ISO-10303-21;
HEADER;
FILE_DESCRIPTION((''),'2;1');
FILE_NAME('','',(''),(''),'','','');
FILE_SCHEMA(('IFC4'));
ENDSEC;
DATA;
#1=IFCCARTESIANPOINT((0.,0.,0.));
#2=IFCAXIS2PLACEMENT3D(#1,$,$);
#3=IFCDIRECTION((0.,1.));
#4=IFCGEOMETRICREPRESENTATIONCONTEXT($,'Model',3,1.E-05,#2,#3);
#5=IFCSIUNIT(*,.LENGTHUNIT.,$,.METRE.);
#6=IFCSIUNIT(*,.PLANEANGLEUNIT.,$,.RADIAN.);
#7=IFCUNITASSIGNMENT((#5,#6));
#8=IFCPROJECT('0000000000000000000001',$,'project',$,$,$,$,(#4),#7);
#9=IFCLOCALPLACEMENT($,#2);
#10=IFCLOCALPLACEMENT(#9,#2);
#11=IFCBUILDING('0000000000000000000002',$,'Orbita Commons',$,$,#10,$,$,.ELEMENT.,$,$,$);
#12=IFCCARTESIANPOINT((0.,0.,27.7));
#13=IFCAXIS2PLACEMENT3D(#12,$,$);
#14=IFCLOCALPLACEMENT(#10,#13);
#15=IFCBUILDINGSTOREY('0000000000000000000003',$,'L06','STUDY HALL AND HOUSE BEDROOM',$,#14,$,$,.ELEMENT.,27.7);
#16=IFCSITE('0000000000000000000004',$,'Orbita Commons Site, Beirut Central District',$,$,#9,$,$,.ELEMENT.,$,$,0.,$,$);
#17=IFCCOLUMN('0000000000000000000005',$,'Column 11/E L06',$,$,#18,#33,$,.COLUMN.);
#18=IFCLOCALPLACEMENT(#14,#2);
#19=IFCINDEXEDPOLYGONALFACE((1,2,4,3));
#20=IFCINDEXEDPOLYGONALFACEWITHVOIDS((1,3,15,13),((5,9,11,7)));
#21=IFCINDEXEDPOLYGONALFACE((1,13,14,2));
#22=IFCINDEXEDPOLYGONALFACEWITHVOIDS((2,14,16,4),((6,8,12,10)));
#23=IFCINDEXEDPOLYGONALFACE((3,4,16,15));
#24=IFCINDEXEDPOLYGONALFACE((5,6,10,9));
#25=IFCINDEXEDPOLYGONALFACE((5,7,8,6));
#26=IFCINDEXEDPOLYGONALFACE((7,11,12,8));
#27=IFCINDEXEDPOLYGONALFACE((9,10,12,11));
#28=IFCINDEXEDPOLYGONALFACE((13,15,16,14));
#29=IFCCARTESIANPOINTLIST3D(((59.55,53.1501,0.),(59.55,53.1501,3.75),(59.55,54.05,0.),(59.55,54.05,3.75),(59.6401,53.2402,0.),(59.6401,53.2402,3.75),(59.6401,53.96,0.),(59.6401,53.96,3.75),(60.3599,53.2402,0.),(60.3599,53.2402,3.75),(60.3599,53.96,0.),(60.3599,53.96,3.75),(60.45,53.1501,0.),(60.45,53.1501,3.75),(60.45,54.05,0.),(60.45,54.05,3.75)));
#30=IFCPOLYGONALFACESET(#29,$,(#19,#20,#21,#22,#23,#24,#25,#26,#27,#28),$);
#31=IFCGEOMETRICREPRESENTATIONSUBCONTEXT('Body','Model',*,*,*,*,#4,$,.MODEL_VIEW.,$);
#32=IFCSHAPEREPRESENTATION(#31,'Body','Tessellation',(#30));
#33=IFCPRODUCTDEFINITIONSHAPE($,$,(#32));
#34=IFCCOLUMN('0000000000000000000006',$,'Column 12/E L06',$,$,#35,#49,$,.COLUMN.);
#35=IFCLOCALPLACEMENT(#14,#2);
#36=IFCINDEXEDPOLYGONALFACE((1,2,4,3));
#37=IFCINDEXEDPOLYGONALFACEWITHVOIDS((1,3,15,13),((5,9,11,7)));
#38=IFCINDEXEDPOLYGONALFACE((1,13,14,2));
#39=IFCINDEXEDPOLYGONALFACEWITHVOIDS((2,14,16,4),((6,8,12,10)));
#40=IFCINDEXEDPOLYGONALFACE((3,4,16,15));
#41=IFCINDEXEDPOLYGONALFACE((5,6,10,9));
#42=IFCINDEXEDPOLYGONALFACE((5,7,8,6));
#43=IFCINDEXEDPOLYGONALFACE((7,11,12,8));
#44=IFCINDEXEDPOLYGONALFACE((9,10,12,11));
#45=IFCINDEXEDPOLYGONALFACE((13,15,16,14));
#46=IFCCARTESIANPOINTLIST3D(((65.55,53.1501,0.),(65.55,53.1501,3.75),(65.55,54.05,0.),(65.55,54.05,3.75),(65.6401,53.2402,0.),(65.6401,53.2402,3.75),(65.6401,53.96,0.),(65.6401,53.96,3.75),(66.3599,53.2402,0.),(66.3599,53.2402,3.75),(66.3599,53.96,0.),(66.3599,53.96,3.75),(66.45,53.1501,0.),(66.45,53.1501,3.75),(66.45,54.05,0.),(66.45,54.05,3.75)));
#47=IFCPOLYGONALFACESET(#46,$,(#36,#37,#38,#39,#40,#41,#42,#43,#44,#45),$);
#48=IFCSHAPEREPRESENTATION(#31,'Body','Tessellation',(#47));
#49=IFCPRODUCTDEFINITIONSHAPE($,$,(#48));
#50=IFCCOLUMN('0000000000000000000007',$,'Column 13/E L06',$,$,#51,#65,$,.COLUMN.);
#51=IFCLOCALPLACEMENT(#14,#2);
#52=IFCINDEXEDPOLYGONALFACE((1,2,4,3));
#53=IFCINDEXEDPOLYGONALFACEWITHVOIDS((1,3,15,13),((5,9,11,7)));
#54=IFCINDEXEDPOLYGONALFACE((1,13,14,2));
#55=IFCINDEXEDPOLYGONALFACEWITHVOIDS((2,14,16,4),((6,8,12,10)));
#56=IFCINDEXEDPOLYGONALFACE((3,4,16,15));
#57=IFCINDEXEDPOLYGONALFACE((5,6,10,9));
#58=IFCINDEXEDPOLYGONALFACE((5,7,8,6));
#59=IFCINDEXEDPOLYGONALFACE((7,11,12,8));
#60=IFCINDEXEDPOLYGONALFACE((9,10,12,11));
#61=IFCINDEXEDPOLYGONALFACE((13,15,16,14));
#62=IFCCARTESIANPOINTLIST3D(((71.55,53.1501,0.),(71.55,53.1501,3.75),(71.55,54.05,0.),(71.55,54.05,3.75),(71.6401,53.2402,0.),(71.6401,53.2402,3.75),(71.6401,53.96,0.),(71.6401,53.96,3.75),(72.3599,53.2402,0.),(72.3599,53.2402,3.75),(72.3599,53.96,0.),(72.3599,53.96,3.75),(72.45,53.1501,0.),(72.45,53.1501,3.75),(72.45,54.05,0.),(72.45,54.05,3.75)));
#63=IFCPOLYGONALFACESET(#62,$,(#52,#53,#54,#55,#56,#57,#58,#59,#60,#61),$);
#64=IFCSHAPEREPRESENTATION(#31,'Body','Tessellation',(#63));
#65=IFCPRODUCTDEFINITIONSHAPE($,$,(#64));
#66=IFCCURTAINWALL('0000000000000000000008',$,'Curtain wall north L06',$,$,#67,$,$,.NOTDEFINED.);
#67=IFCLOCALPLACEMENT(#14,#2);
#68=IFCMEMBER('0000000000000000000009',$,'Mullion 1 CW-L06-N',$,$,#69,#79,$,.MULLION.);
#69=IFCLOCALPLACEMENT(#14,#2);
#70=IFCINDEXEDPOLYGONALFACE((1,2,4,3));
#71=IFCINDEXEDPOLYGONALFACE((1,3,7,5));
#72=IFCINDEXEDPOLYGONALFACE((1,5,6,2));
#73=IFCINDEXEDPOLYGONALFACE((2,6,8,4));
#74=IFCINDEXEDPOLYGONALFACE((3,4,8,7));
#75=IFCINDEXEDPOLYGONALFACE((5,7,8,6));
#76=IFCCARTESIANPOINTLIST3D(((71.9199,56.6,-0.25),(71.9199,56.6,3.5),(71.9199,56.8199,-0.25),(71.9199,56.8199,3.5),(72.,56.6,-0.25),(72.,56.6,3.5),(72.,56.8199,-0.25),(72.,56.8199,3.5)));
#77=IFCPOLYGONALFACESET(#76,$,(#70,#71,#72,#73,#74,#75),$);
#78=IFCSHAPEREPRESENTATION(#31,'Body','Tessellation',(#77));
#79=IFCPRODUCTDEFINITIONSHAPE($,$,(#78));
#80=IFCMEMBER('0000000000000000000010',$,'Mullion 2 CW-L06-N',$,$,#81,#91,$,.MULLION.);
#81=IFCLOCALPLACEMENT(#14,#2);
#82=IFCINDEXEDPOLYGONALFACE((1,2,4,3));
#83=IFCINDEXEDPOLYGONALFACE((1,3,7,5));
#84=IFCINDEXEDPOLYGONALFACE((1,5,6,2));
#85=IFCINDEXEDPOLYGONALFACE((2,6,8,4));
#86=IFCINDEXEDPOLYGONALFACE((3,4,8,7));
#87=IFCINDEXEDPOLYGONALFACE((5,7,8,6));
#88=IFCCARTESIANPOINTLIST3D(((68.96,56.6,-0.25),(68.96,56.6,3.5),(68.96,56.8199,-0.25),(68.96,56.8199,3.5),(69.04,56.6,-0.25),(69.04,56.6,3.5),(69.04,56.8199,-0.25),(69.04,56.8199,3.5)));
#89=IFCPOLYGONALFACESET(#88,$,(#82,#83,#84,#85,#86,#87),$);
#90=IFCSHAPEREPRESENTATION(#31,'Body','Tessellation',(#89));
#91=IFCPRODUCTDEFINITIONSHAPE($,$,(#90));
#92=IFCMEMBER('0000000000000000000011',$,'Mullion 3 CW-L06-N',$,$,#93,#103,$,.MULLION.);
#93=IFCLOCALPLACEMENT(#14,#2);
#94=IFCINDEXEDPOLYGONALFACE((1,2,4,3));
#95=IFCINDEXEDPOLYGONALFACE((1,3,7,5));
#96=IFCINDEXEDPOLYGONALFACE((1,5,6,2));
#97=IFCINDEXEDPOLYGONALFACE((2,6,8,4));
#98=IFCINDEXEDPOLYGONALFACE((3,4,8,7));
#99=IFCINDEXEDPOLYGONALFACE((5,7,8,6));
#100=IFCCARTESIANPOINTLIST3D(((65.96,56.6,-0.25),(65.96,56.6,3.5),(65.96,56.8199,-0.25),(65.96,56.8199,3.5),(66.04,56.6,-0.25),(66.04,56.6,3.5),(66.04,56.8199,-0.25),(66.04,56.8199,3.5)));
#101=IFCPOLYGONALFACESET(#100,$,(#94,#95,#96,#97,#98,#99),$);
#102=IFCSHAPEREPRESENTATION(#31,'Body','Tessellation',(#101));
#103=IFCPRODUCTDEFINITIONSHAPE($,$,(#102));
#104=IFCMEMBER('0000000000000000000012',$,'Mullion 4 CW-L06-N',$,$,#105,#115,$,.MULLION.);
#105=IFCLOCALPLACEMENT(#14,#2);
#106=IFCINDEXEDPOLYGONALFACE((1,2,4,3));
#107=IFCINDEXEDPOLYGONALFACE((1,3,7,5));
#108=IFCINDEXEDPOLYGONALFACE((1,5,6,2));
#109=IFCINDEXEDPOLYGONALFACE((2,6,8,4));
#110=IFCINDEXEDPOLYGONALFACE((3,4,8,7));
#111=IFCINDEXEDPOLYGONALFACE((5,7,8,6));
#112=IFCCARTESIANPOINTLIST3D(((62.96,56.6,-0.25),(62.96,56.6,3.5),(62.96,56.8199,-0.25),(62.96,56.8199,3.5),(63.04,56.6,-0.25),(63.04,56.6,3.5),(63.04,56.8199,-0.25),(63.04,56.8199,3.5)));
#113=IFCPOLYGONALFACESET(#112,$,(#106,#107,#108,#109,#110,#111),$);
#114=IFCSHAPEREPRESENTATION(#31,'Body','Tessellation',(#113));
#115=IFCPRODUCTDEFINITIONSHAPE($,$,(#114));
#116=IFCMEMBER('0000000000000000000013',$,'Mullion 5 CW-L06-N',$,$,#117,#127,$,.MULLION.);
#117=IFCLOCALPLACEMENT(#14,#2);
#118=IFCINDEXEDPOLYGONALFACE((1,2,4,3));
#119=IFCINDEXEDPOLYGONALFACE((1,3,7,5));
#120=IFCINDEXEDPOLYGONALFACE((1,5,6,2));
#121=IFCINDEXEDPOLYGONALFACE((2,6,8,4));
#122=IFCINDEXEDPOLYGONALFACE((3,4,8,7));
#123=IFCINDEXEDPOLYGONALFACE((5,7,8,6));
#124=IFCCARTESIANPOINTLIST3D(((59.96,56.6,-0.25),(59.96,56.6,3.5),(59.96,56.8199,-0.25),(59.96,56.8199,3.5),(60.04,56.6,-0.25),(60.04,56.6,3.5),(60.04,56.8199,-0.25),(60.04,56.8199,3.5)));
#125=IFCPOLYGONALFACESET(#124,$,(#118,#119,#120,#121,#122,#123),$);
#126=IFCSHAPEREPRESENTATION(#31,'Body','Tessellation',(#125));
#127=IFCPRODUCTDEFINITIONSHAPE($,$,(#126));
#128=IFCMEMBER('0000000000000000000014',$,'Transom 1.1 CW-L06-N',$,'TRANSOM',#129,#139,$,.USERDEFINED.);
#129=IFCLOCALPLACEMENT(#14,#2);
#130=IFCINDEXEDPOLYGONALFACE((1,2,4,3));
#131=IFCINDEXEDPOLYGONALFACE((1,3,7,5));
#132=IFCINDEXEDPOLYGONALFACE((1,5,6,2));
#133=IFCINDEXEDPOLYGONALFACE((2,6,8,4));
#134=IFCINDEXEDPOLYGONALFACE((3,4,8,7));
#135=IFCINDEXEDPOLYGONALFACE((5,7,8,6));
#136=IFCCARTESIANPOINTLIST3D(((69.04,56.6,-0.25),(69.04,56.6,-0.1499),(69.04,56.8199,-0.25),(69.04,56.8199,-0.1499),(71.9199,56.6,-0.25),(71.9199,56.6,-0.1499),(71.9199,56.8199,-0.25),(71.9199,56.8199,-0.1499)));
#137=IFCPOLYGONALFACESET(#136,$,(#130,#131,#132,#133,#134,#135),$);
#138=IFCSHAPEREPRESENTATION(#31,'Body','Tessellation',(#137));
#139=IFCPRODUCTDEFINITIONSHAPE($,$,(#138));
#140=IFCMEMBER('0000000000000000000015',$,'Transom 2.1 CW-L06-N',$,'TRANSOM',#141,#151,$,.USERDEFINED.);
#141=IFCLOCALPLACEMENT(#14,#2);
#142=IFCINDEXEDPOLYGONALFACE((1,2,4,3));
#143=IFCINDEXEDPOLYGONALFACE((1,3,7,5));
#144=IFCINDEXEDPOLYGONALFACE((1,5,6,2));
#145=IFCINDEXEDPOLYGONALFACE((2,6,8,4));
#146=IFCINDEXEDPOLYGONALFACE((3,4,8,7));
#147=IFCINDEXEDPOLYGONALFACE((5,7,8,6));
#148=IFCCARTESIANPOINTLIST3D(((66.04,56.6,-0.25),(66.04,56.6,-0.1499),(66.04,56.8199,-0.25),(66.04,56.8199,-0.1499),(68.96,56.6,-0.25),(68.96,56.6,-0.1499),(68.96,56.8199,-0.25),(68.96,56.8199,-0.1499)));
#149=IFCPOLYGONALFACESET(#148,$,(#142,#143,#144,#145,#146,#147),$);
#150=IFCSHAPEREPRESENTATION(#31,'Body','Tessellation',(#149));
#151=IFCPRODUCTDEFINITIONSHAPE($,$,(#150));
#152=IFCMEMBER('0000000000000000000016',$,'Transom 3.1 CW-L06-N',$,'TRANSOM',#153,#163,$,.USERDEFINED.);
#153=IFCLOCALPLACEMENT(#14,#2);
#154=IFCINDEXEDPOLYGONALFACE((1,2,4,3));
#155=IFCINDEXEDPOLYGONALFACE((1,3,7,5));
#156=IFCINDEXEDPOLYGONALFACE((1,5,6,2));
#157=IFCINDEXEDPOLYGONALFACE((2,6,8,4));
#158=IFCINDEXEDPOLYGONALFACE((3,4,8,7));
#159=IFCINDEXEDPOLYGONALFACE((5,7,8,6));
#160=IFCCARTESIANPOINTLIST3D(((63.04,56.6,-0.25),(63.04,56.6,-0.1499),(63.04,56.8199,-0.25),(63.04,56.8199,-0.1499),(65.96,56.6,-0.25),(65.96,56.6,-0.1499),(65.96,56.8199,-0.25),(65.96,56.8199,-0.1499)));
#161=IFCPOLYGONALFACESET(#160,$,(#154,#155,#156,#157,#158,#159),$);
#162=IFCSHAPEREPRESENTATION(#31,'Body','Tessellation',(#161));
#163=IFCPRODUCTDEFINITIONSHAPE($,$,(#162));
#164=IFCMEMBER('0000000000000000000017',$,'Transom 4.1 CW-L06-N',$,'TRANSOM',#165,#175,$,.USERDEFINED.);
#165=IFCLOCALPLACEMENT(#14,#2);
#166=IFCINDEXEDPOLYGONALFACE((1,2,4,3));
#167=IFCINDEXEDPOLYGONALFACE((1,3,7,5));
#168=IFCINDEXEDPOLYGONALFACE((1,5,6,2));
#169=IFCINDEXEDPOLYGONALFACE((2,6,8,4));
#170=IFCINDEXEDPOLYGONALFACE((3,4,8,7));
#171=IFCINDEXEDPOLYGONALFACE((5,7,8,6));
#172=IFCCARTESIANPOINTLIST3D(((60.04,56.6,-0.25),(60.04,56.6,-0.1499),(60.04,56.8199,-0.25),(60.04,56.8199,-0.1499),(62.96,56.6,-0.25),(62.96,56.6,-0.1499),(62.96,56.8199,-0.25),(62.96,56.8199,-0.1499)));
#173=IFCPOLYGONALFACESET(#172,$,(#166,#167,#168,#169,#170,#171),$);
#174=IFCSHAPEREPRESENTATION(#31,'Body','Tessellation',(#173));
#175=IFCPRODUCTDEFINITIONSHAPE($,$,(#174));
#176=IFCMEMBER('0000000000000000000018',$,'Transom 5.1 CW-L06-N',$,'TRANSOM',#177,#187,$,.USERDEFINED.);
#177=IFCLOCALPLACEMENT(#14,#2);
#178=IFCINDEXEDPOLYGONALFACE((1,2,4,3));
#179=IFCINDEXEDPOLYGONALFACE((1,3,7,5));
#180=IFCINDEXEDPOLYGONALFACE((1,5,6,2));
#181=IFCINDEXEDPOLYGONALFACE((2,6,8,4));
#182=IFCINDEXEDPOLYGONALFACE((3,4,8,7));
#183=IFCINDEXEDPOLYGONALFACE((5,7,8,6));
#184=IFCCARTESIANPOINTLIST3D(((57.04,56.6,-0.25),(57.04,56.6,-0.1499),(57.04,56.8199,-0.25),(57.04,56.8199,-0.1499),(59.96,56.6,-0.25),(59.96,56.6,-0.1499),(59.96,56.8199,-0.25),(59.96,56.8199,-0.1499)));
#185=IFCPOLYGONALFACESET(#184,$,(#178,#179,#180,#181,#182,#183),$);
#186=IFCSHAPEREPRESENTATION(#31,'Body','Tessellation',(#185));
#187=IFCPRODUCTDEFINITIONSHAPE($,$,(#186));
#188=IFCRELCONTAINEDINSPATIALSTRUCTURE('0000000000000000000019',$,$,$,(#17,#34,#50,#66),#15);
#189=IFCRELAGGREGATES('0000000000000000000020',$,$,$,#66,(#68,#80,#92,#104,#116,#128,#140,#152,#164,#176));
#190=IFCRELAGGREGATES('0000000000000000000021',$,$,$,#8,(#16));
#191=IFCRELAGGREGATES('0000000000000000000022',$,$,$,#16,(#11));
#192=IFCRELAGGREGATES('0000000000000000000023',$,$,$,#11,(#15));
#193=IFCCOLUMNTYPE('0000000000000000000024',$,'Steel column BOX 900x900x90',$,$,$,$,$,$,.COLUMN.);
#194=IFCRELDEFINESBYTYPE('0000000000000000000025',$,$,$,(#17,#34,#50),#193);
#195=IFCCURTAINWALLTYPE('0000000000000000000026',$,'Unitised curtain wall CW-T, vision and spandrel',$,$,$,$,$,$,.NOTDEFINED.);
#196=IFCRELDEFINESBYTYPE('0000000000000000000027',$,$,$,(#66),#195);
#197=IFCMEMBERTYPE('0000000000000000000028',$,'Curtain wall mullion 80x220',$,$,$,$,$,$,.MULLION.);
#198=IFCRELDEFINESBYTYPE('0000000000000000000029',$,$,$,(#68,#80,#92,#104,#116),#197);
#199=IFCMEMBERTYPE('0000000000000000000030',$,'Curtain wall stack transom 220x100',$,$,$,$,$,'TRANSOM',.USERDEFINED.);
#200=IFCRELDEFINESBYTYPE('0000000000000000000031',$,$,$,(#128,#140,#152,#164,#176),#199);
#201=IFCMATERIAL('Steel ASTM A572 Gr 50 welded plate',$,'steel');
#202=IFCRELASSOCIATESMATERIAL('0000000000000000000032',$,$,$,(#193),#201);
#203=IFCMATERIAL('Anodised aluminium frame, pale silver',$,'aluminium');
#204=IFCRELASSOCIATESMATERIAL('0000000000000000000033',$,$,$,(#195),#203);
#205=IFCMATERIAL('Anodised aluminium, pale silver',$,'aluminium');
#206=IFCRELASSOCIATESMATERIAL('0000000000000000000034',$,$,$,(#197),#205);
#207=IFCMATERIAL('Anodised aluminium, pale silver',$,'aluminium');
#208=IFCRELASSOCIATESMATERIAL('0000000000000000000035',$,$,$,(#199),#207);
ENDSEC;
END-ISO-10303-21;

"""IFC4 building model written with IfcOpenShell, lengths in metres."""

from ifc_helpers import new_model, si_unit, direction, frame, origin, origin_2d, place, context, subcontext, project, spatial, rectangle, hollow_rectangle, extrude, material, material_profile, profile_set, type_object, element, aggregate, save


model = new_model("IFC4")

# Units and contexts
model_context = context("Model", 3, precision=1e-05, world=origin(), true_north=direction((0.0, 1.0)))
body_context = subcontext(model_context, "Body", "Model", "MODEL_VIEW")
ifc_project = project(units=[si_unit("LENGTHUNIT", "METRE"), si_unit("PLANEANGLEUNIT", "RADIAN")], contexts=[model_context])

# Site, building, storey
site_placement = place(None, origin())
site = spatial("IfcSite", under=ifc_project, at=site_placement, Name="Orbita Commons Site, Beirut Central District", CompositionType="ELEMENT", RefElevation=0.0)
building_placement = place(site_placement, origin())
building = spatial("IfcBuilding", under=site, at=building_placement, Name="Orbita Commons", CompositionType="ELEMENT")
storey_placement = place(building_placement, frame((0.0, 0.0, 27.7)))
storey = spatial("IfcBuildingStorey", under=building, at=storey_placement, Name="L06", Description="STUDY HALL AND HOUSE BEDROOM", CompositionType="ELEMENT", Elevation=27.7)

# Columns
ifc_material_1 = material(Name="Steel ASTM A572 Gr 50 welded plate", Category="steel")
ifc_material_profile_1 = material_profile(ifc_material_1, hollow_rectangle(XDim=0.8999, YDim=0.8999, WallThickness=0.0901, at=origin_2d()), Name="BOX 900x900x90")
ifc_profile_set_1 = profile_set([ifc_material_profile_1], Name="Steel ASTM A572 Gr 50 welded plate")
column_type = type_object("IfcColumnType", Name="Steel column BOX 900x900x90", PredefinedType="COLUMN", material=ifc_profile_set_1)
for number, where, z_axis, x_axis, name in (
    (1, (60.0, 53.6001, 0.0), (0.0, 0.0, 1.0), (1.0, 0.0, 0.0), "Column 11/E L06"),
    (2, (66.0, 53.6001, 0.0), (0.0, 0.0, 1.0), (1.0, 0.0, 0.0), "Column 12/E L06"),
    (3, (72.0, 53.6001, 0.0), (0.0, 0.0, 1.0), (1.0, 0.0, 0.0), "Column 13/E L06"),
):
    element("IfcColumn", number, at=place(storey_placement, frame(where, z_axis=z_axis, x_axis=x_axis)), inside=storey, type_object=column_type, Name=name, PredefinedType="COLUMN", context=body_context, shape_type="SweptSolid", body=[
        extrude(hollow_rectangle(XDim=0.8999, YDim=0.8999, WallThickness=0.0901, at=origin_2d()), origin(), (0.0, 0.0, 1.0), 3.75),
    ])

# Curtain wall, members
ifc_material_2 = material(Name="Anodised aluminium frame, pale silver", Category="aluminium")
curtain_wall_type = type_object("IfcCurtainWallType", Name="Unitised curtain wall CW-T, vision and spandrel", PredefinedType="NOTDEFINED", material=ifc_material_2)
curtain_wall_placement = place(storey_placement, origin())
curtain_wall = element("IfcCurtainWall", 4, at=curtain_wall_placement, inside=storey, type_object=curtain_wall_type, Name="Curtain wall north L06", PredefinedType="NOTDEFINED")
ifc_material_3 = material(Name="Anodised aluminium, pale silver", Category="aluminium")
ifc_material_profile_2 = material_profile(ifc_material_3, rectangle(XDim=0.0801, YDim=0.22, at=origin_2d()), Name="AL 80x220")
ifc_profile_set_2 = profile_set([ifc_material_profile_2], Name="Anodised aluminium, pale silver")
member_type_1 = type_object("IfcMemberType", Name="Curtain wall mullion 80x220", PredefinedType="MULLION", material=ifc_profile_set_2)
member_1_placement = place(storey_placement, frame((71.96, 56.71, -0.25), z_axis=(0.0, 0.0, 1.0), x_axis=(-1.0, 0.0, 0.0)))
member_1 = element("IfcMember", 5, at=member_1_placement, type_object=member_type_1, Name="Mullion 1 CW-L06-N", PredefinedType="MULLION", context=body_context, shape_type="SweptSolid", body=[
    extrude(rectangle(XDim=0.0801, YDim=0.22, at=origin_2d()), origin(), (0.0, 0.0, 1.0), 3.75),
])
member_2_placement = place(storey_placement, frame((69.0, 56.71, -0.25), z_axis=(0.0, 0.0, 1.0), x_axis=(-1.0, 0.0, 0.0)))
member_2 = element("IfcMember", 6, at=member_2_placement, type_object=member_type_1, Name="Mullion 2 CW-L06-N", PredefinedType="MULLION", context=body_context, shape_type="SweptSolid", body=[
    extrude(rectangle(XDim=0.0801, YDim=0.22, at=origin_2d()), origin(), (0.0, 0.0, 1.0), 3.75),
])
member_3_placement = place(storey_placement, frame((66.0, 56.71, -0.25), z_axis=(0.0, 0.0, 1.0), x_axis=(-1.0, 0.0, 0.0)))
member_3 = element("IfcMember", 7, at=member_3_placement, type_object=member_type_1, Name="Mullion 3 CW-L06-N", PredefinedType="MULLION", context=body_context, shape_type="SweptSolid", body=[
    extrude(rectangle(XDim=0.0801, YDim=0.22, at=origin_2d()), origin(), (0.0, 0.0, 1.0), 3.75),
])
member_4_placement = place(storey_placement, frame((63.0, 56.71, -0.25), z_axis=(0.0, 0.0, 1.0), x_axis=(-1.0, 0.0, 0.0)))
member_4 = element("IfcMember", 8, at=member_4_placement, type_object=member_type_1, Name="Mullion 4 CW-L06-N", PredefinedType="MULLION", context=body_context, shape_type="SweptSolid", body=[
    extrude(rectangle(XDim=0.0801, YDim=0.22, at=origin_2d()), origin(), (0.0, 0.0, 1.0), 3.75),
])
member_5_placement = place(storey_placement, frame((60.0, 56.71, -0.25), z_axis=(0.0, 0.0, 1.0), x_axis=(-1.0, 0.0, 0.0)))
member_5 = element("IfcMember", 9, at=member_5_placement, type_object=member_type_1, Name="Mullion 5 CW-L06-N", PredefinedType="MULLION", context=body_context, shape_type="SweptSolid", body=[
    extrude(rectangle(XDim=0.0801, YDim=0.22, at=origin_2d()), origin(), (0.0, 0.0, 1.0), 3.75),
])
ifc_material_4 = material(Name="Anodised aluminium, pale silver", Category="aluminium")
ifc_material_profile_3 = material_profile(ifc_material_4, rectangle(XDim=0.22, YDim=0.1001, at=origin_2d()), Name="AL 220x100")
ifc_profile_set_3 = profile_set([ifc_material_profile_3], Name="Anodised aluminium, pale silver")
member_type_2 = type_object("IfcMemberType", Name="Curtain wall stack transom 220x100", ElementType="TRANSOM", PredefinedType="USERDEFINED", material=ifc_profile_set_3)
member_6_placement = place(storey_placement, frame((71.9199, 56.71, -0.2), z_axis=(-1.0, 0.0, 0.0), x_axis=(0.0, -1.0, 0.0)))
member_6 = element("IfcMember", 10, at=member_6_placement, type_object=member_type_2, Name="Transom 1.1 CW-L06-N", ObjectType="TRANSOM", PredefinedType="USERDEFINED", context=body_context, shape_type="SweptSolid", body=[
    extrude(rectangle(XDim=0.22, YDim=0.1001, at=origin_2d()), origin(), (0.0, 0.0, 1.0), 2.8799),
])
member_7_placement = place(storey_placement, frame((68.96, 56.71, -0.2), z_axis=(-1.0, 0.0, 0.0), x_axis=(0.0, -1.0, 0.0)))
member_7 = element("IfcMember", 11, at=member_7_placement, type_object=member_type_2, Name="Transom 2.1 CW-L06-N", ObjectType="TRANSOM", PredefinedType="USERDEFINED", context=body_context, shape_type="SweptSolid", body=[
    extrude(rectangle(XDim=0.22, YDim=0.1001, at=origin_2d()), origin(), (0.0, 0.0, 1.0), 2.9199),
])
member_8_placement = place(storey_placement, frame((65.96, 56.71, -0.2), z_axis=(-1.0, 0.0, 0.0), x_axis=(0.0, -1.0, 0.0)))
member_8 = element("IfcMember", 12, at=member_8_placement, type_object=member_type_2, Name="Transom 3.1 CW-L06-N", ObjectType="TRANSOM", PredefinedType="USERDEFINED", context=body_context, shape_type="SweptSolid", body=[
    extrude(rectangle(XDim=0.22, YDim=0.1001, at=origin_2d()), origin(), (0.0, 0.0, 1.0), 2.9199),
])
member_9_placement = place(storey_placement, frame((62.96, 56.71, -0.2), z_axis=(-1.0, 0.0, 0.0), x_axis=(0.0, -1.0, 0.0)))
member_9 = element("IfcMember", 13, at=member_9_placement, type_object=member_type_2, Name="Transom 4.1 CW-L06-N", ObjectType="TRANSOM", PredefinedType="USERDEFINED", context=body_context, shape_type="SweptSolid", body=[
    extrude(rectangle(XDim=0.22, YDim=0.1001, at=origin_2d()), origin(), (0.0, 0.0, 1.0), 2.9199),
])
member_10_placement = place(storey_placement, frame((59.96, 56.71, -0.2), z_axis=(-1.0, 0.0, 0.0), x_axis=(0.0, -1.0, 0.0)))
member_10 = element("IfcMember", 14, at=member_10_placement, type_object=member_type_2, Name="Transom 5.1 CW-L06-N", ObjectType="TRANSOM", PredefinedType="USERDEFINED", context=body_context, shape_type="SweptSolid", body=[
    extrude(rectangle(XDim=0.22, YDim=0.1001, at=origin_2d()), origin(), (0.0, 0.0, 1.0), 2.9199),
])

aggregate(curtain_wall, [member_1, member_2, member_3, member_4, member_5, member_6, member_7, member_8, member_9, member_10])

save(model, "model.ifc")
